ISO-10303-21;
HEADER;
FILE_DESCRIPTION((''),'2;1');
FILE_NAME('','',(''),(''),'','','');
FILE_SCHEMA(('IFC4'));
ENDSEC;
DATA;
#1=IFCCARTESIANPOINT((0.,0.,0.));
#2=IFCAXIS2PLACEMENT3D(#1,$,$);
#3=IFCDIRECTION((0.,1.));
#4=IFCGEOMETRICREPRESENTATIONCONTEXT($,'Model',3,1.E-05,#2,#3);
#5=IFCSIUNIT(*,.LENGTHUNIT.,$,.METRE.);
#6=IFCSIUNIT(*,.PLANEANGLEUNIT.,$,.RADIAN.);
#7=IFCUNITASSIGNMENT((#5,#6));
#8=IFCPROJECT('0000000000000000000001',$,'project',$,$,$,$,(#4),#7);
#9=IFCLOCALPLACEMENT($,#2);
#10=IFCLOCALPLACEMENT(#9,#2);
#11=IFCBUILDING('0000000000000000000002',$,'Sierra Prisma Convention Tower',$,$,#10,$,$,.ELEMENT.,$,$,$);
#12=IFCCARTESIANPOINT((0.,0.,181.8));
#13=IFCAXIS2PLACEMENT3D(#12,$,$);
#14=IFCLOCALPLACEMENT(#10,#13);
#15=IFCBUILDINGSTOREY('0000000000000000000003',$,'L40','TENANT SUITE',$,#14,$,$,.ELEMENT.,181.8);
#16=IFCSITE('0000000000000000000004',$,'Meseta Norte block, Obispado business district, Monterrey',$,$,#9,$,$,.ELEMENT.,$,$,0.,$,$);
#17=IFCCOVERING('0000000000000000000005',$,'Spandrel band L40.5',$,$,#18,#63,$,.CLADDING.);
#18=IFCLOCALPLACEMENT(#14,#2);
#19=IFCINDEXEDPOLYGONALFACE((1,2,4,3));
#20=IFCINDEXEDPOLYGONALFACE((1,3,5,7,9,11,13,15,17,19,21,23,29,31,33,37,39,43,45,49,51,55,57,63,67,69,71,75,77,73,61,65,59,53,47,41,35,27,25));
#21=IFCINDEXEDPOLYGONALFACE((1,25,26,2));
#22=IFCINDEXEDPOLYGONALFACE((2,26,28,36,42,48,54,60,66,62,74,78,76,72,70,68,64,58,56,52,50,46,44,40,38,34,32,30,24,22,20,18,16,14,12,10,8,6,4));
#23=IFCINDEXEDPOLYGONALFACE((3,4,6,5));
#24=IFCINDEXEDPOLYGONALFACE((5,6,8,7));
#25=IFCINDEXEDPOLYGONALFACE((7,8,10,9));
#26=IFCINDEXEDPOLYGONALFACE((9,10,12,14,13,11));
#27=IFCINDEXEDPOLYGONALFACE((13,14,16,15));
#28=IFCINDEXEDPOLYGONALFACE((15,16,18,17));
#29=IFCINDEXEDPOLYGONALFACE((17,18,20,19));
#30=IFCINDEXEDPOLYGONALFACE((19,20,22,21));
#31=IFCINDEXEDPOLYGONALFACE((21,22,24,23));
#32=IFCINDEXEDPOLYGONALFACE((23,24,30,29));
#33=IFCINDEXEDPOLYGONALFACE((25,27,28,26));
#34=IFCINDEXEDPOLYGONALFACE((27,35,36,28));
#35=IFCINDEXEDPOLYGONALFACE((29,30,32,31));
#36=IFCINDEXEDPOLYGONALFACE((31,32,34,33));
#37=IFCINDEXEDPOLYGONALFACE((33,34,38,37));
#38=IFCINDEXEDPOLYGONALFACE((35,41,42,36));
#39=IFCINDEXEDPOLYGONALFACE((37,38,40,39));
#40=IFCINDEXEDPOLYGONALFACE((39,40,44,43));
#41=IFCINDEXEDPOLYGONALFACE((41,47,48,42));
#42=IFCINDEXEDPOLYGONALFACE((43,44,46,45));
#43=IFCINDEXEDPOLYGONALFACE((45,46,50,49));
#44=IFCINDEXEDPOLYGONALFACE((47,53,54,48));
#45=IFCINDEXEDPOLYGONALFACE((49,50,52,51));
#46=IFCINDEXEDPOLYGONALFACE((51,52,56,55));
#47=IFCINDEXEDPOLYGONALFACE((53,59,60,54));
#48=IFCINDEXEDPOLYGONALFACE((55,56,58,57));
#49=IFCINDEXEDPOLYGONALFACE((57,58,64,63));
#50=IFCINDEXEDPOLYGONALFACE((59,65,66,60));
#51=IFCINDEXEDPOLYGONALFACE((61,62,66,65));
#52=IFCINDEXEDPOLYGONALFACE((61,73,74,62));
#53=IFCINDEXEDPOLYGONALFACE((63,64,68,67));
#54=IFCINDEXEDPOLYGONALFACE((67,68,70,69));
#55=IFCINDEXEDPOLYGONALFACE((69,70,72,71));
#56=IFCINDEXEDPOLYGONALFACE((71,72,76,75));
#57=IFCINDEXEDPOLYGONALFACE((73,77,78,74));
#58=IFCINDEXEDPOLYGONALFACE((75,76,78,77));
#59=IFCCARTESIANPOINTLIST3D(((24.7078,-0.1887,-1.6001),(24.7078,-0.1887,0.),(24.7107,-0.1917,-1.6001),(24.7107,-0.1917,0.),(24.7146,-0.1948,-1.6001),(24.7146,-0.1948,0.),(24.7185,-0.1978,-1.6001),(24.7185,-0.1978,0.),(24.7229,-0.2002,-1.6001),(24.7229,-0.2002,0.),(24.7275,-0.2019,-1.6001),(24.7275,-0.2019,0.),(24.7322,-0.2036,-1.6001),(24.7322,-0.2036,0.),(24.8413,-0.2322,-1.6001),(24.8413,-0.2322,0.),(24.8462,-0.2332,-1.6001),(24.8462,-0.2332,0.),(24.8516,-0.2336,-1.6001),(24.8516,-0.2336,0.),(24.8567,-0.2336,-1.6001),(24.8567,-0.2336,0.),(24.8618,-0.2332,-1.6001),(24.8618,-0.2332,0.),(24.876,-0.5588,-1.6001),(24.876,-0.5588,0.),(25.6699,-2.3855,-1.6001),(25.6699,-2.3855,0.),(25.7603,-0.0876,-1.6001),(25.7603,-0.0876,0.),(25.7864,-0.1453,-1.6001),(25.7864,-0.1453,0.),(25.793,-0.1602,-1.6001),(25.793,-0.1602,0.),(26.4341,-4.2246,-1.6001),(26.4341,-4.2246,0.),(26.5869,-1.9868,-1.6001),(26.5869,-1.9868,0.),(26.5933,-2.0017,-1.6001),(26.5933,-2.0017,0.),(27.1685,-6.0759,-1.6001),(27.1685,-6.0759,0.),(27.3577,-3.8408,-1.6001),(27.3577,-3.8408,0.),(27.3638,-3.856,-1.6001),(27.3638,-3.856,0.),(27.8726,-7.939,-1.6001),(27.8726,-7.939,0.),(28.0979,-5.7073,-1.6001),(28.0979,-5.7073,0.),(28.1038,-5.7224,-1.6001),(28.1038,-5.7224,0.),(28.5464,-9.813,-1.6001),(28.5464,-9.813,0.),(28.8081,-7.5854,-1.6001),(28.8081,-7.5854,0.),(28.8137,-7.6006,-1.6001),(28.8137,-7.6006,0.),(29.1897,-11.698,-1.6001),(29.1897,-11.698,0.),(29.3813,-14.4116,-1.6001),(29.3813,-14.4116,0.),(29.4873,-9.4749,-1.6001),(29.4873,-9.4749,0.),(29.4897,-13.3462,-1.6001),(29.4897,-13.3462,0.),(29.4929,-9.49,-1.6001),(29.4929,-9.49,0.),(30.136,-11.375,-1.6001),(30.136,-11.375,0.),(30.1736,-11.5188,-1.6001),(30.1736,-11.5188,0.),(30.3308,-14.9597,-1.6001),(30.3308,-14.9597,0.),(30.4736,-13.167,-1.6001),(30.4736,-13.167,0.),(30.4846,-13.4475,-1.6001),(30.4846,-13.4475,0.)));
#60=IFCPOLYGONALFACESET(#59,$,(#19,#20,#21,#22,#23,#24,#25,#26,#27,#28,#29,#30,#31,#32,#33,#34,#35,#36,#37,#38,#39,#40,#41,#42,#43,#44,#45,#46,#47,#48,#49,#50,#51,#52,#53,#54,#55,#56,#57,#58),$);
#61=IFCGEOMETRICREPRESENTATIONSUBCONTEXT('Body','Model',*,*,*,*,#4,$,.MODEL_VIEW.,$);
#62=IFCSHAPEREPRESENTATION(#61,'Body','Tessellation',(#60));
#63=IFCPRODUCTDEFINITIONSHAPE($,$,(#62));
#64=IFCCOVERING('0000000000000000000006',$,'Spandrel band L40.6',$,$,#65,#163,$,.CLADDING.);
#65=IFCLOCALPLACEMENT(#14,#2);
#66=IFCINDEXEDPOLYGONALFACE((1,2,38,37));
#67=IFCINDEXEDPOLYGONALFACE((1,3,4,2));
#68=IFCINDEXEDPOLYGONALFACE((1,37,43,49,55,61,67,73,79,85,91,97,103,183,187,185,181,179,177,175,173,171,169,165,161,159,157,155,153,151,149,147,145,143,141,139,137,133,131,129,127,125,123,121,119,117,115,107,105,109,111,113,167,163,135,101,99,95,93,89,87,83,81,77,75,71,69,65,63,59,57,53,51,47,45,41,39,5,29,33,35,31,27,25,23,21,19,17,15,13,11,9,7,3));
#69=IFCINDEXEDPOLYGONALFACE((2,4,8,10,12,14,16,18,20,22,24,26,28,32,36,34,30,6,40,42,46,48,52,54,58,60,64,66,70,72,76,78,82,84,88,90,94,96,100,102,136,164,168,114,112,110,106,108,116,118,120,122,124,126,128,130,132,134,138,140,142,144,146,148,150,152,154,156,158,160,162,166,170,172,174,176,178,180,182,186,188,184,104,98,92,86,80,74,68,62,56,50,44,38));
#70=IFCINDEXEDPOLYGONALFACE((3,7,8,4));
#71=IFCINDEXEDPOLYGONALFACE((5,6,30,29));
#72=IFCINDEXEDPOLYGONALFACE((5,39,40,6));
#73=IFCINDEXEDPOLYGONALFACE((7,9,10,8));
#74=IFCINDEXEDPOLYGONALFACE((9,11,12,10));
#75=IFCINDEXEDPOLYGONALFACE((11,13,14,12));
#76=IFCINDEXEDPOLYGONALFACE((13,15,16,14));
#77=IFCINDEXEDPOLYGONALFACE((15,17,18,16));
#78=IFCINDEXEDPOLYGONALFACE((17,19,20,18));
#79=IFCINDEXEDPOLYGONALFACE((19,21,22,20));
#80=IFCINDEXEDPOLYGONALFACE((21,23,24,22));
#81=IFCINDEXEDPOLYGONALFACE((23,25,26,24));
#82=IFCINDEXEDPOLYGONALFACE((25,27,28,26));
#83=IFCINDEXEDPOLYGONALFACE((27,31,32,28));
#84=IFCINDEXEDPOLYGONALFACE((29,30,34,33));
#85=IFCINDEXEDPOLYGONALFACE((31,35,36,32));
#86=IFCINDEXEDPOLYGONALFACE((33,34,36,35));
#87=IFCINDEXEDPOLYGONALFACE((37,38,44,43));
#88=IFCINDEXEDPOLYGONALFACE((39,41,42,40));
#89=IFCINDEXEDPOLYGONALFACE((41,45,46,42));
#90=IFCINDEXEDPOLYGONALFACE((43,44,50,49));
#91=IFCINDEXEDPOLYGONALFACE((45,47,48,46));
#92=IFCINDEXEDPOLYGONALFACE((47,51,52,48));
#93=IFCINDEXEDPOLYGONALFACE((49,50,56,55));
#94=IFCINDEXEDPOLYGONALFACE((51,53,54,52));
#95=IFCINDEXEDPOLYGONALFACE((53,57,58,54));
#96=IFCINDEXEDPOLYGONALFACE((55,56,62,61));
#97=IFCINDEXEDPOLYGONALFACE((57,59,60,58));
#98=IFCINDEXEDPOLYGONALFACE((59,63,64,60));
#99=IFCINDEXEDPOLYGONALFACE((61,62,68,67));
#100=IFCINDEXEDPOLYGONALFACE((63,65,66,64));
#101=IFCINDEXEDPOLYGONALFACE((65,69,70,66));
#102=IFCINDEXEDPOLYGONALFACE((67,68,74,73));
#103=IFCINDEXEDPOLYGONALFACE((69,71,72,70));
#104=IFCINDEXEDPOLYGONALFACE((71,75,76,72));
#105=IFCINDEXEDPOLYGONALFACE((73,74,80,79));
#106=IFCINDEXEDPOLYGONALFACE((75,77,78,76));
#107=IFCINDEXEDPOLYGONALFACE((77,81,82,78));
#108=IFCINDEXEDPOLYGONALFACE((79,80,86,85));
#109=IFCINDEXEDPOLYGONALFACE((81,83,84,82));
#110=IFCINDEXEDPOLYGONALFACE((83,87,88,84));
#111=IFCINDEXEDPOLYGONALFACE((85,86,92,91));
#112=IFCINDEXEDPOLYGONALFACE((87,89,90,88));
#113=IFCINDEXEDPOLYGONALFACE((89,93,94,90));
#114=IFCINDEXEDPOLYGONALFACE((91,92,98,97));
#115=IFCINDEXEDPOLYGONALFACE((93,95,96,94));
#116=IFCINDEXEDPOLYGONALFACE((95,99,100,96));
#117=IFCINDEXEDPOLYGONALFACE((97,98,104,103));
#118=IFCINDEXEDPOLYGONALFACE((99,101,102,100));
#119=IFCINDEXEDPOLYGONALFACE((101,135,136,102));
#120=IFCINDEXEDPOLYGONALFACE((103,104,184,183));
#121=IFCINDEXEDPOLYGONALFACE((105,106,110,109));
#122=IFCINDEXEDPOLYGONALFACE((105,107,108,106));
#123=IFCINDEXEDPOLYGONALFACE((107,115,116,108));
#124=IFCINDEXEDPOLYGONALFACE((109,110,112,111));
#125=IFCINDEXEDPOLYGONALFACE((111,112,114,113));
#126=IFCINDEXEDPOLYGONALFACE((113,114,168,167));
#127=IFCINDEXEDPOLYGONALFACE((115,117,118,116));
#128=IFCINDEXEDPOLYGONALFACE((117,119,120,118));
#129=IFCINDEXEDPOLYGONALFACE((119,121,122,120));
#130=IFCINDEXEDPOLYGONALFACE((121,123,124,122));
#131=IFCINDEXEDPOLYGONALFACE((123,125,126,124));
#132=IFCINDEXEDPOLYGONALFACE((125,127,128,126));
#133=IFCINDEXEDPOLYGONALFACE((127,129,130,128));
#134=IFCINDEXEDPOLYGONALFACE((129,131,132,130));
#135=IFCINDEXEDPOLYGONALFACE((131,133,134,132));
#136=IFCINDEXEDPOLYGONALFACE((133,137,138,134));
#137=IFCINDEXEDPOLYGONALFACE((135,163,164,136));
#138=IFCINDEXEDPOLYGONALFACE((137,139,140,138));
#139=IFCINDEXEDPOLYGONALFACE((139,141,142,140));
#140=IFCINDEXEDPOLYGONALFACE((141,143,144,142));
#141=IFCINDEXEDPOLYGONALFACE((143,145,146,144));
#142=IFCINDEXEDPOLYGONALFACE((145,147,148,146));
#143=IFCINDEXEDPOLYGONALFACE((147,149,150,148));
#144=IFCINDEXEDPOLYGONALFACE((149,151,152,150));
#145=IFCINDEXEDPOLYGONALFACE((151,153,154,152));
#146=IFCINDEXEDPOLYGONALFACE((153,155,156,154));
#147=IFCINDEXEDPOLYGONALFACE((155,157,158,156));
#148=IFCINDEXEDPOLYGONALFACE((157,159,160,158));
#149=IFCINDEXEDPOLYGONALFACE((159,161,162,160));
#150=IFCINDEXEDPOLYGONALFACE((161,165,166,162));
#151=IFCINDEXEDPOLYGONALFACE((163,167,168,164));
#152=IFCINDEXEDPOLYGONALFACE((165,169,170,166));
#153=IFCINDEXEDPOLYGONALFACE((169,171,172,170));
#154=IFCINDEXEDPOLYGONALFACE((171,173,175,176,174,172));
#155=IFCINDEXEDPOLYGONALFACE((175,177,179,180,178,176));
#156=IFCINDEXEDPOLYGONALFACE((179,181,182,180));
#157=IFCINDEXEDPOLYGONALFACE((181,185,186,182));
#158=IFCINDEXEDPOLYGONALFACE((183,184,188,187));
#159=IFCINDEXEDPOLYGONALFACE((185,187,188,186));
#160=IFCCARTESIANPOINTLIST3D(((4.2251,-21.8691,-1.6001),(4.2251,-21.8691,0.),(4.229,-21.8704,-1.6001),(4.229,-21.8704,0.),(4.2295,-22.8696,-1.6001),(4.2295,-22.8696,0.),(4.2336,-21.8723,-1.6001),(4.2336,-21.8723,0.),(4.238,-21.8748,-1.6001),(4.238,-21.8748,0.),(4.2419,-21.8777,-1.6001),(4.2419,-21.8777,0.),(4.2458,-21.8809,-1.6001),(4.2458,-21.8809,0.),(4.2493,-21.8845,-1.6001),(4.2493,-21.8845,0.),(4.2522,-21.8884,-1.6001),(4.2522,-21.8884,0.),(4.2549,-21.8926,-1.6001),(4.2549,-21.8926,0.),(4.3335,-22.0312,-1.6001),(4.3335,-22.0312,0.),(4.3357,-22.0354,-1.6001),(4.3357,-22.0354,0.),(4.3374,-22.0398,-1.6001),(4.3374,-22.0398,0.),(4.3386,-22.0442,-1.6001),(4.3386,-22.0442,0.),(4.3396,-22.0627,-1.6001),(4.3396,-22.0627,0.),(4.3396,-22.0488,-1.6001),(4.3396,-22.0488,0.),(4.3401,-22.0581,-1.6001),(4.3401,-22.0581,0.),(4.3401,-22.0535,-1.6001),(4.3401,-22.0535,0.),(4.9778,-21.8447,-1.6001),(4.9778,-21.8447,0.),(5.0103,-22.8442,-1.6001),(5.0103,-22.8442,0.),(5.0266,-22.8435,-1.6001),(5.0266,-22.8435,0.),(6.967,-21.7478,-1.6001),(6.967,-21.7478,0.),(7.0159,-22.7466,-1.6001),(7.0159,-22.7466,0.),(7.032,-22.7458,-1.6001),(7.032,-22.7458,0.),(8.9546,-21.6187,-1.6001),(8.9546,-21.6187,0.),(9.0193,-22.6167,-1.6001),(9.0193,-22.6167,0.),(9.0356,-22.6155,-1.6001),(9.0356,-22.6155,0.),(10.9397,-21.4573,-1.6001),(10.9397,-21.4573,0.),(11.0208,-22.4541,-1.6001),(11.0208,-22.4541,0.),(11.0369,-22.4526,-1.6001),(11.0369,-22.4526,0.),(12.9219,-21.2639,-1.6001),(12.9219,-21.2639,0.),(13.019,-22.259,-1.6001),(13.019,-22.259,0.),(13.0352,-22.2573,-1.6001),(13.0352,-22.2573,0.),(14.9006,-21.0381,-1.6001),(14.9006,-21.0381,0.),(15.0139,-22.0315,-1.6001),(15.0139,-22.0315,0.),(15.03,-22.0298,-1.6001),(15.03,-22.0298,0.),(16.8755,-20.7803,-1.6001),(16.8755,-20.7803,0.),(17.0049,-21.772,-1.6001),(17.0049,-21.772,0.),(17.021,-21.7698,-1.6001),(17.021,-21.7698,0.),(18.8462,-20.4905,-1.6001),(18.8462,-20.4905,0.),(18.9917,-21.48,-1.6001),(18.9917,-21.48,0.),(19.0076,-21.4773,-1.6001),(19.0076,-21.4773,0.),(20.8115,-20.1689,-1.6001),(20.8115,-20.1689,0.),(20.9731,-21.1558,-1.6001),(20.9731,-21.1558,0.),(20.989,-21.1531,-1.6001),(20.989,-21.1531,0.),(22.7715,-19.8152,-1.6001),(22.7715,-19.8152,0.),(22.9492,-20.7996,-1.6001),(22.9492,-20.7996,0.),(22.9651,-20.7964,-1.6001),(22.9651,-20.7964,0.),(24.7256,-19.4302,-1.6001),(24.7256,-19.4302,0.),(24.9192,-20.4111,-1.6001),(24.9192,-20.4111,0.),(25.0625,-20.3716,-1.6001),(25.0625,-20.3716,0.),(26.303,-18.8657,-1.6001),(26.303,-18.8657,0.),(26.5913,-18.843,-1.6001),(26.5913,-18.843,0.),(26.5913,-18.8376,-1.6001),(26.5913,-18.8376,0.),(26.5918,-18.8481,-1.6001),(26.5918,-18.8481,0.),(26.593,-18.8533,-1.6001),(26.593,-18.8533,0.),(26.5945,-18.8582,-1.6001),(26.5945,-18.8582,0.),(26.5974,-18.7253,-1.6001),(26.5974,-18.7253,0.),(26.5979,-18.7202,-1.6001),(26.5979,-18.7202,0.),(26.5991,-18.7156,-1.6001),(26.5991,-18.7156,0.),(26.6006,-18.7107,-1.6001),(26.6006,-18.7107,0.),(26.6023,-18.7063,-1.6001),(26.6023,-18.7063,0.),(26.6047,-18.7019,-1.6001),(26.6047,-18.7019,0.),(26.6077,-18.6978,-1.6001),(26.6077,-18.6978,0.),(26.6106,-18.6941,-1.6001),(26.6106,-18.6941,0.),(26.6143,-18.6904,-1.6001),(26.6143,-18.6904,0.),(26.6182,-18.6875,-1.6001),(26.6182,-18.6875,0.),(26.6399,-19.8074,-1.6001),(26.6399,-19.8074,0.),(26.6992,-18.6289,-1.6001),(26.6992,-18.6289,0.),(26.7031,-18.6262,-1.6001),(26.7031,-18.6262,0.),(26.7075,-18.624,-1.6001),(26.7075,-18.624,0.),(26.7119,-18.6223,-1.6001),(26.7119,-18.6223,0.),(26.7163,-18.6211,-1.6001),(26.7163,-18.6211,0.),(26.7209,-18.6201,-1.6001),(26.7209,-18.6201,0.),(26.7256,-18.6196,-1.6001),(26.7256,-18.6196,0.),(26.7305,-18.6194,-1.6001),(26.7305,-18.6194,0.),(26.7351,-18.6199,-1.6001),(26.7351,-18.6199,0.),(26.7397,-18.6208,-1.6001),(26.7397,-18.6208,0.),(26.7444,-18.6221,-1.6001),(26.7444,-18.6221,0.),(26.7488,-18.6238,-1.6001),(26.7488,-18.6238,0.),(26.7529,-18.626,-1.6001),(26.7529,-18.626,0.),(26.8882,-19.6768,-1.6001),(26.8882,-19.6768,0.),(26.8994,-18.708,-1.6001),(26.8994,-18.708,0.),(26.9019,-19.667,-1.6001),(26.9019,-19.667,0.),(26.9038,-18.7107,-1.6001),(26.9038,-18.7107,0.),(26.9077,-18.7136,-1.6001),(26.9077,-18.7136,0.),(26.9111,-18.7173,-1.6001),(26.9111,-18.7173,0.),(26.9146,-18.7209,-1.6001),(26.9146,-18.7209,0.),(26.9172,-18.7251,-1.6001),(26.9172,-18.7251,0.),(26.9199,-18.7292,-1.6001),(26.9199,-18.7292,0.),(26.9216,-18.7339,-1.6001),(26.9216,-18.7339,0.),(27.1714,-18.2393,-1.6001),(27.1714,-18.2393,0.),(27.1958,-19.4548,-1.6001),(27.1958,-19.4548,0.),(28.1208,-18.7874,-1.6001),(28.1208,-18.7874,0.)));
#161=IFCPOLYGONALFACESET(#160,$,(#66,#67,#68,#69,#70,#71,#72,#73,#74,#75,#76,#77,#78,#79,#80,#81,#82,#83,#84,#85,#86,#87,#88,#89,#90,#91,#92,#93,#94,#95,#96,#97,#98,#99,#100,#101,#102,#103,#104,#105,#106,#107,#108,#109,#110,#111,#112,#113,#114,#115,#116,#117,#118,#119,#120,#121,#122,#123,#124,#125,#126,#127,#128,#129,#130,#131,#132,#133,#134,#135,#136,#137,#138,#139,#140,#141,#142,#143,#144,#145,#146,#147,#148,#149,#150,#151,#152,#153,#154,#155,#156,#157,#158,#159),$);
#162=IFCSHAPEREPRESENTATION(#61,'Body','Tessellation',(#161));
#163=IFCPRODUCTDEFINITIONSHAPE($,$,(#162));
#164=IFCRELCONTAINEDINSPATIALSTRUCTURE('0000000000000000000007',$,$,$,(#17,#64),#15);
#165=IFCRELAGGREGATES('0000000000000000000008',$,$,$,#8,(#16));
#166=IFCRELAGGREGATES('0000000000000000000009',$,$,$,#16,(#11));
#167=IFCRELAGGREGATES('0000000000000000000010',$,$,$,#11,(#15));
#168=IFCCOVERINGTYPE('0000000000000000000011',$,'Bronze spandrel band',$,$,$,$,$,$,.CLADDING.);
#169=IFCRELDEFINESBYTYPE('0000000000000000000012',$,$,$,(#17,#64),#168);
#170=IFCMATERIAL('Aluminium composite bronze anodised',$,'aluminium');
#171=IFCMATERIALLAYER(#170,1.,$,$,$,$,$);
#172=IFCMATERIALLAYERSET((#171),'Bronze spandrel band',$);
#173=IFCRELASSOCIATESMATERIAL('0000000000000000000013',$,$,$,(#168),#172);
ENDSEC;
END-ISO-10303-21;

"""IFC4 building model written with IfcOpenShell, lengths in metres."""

from ifc_helpers import new_model, si_unit, direction, frame, origin, place, context, subcontext, project, spatial, polyline, outline, extrude, material, layer, layer_set, type_object, element, save


model = new_model("IFC4")

# Units and contexts
model_context = context("Model", 3, precision=1e-05, world=origin(), true_north=direction((0.0, 1.0)))
body_context = subcontext(model_context, "Body", "Model", "MODEL_VIEW")
ifc_project = project(units=[si_unit("LENGTHUNIT", "METRE"), si_unit("PLANEANGLEUNIT", "RADIAN")], contexts=[model_context])

# Site, building, storey
site_placement = place(None, origin())
site = spatial("IfcSite", under=ifc_project, at=site_placement, Name="Meseta Norte block, Obispado business district, Monterrey", CompositionType="ELEMENT", RefElevation=0.0)
building_placement = place(site_placement, origin())
building = spatial("IfcBuilding", under=site, at=building_placement, Name="Sierra Prisma Convention Tower", CompositionType="ELEMENT")
storey_placement = place(building_placement, frame((0.0, 0.0, 181.8)))
storey = spatial("IfcBuildingStorey", under=building, at=storey_placement, Name="L40", Description="TENANT SUITE", CompositionType="ELEMENT", Elevation=181.8)

# Coverings
ifc_material_1 = material(Name="Aluminium composite bronze anodised", Category="aluminium")
ifc_layer_1 = layer(ifc_material_1, 1.0)
ifc_layer_set_1 = layer_set([ifc_layer_1], Name="Bronze spandrel band")
covering_type_1 = type_object("IfcCoveringType", Name="Bronze spandrel band", PredefinedType="CLADDING", material=ifc_layer_set_1)
covering_1_placement = place(storey_placement, frame((0.0, 0.0, -1.6001)))
element("IfcCovering", 1, at=covering_1_placement, inside=storey, type_object=covering_type_1, Name="Spandrel band L40.5", PredefinedType="CLADDING", context=body_context, shape_type="SweptSolid", body=[
    extrude(outline(polyline([(30.4736, -13.167), (30.4846, -13.4475), (30.3308, -14.9597), (29.3813, -14.4116), (29.4897, -13.3462), (29.1897, -11.698), (28.5464, -9.813), (27.8726, -7.939), (27.1685, -6.0759), (26.4341, -4.2246), (25.6699, -2.3855), (24.876, -0.5588), (24.7078, -0.1887), (24.7107, -0.1917), (24.7146, -0.1948), (24.7185, -0.1978), (24.7229, -0.2002), (24.7275, -0.2019), (24.7322, -0.2036), (24.8413, -0.2322), (24.8462, -0.2332), (24.8516, -0.2336), (24.8567, -0.2336), (24.8618, -0.2332), (25.7603, -0.0876), (25.7864, -0.1453), (25.793, -0.1602), (26.5869, -1.9868), (26.5933, -2.0017), (27.3577, -3.8408), (27.3638, -3.856), (28.0979, -5.7073), (28.1038, -5.7224), (28.8081, -7.5854), (28.8137, -7.6006), (29.4873, -9.4749), (29.4929, -9.49), (30.136, -11.375), (30.1736, -11.5188), (30.4736, -13.167)])), origin(), (0.0, 0.0, 1.0), 1.6001),
])
covering_2_placement = place(storey_placement, frame((0.0, 0.0, -1.6001)))
element("IfcCovering", 2, at=covering_2_placement, inside=storey, type_object=covering_type_1, Name="Spandrel band L40.6", PredefinedType="CLADDING", context=body_context, shape_type="SweptSolid", body=[
    extrude(outline(polyline([(26.9172, -18.7251), (26.9146, -18.7209), (26.9111, -18.7173), (26.9077, -18.7136), (26.9038, -18.7107), (26.8994, -18.708), (26.7529, -18.626), (26.7488, -18.6238), (26.7444, -18.6221), (26.7397, -18.6208), (26.7351, -18.6199), (26.7305, -18.6194), (26.7256, -18.6196), (26.7209, -18.6201), (26.7163, -18.6211), (26.7119, -18.6223), (26.7075, -18.624), (26.7031, -18.6262), (26.6992, -18.6289), (26.6182, -18.6875), (26.6143, -18.6904), (26.6106, -18.6941), (26.6077, -18.6978), (26.6047, -18.7019), (26.6023, -18.7063), (26.6006, -18.7107), (26.5991, -18.7156), (26.5979, -18.7202), (26.5974, -18.7253), (26.5913, -18.8376), (26.5913, -18.843), (26.5918, -18.8481), (26.593, -18.8533), (26.5945, -18.8582), (26.9019, -19.667), (26.8882, -19.6768), (26.6399, -19.8074), (25.0625, -20.3716), (24.9192, -20.4111), (22.9651, -20.7964), (22.9492, -20.7996), (20.989, -21.1531), (20.9731, -21.1558), (19.0076, -21.4773), (18.9917, -21.48), (17.021, -21.7698), (17.0049, -21.772), (15.03, -22.0298), (15.0139, -22.0315), (13.0352, -22.2573), (13.019, -22.259), (11.0369, -22.4526), (11.0208, -22.4541), (9.0356, -22.6155), (9.0193, -22.6167), (7.032, -22.7458), (7.0159, -22.7466), (5.0266, -22.8435), (5.0103, -22.8442), (4.2295, -22.8696), (4.3396, -22.0627), (4.3401, -22.0581), (4.3401, -22.0535), (4.3396, -22.0488), (4.3386, -22.0442), (4.3374, -22.0398), (4.3357, -22.0354), (4.3335, -22.0312), (4.2549, -21.8926), (4.2522, -21.8884), (4.2493, -21.8845), (4.2458, -21.8809), (4.2419, -21.8777), (4.238, -21.8748), (4.2336, -21.8723), (4.229, -21.8704), (4.2251, -21.8691), (4.9778, -21.8447), (6.967, -21.7478), (8.9546, -21.6187), (10.9397, -21.4573), (12.9219, -21.2639), (14.9006, -21.0381), (16.8755, -20.7803), (18.8462, -20.4905), (20.8115, -20.1689), (22.7715, -19.8152), (24.7256, -19.4302), (26.303, -18.8657), (27.1714, -18.2393), (28.1208, -18.7874), (27.1958, -19.4548), (26.9216, -18.7339), (26.9199, -18.7292), (26.9172, -18.7251)])), origin(), (0.0, 0.0, 1.0), 1.6001),
])

save(model, "model.ifc")
